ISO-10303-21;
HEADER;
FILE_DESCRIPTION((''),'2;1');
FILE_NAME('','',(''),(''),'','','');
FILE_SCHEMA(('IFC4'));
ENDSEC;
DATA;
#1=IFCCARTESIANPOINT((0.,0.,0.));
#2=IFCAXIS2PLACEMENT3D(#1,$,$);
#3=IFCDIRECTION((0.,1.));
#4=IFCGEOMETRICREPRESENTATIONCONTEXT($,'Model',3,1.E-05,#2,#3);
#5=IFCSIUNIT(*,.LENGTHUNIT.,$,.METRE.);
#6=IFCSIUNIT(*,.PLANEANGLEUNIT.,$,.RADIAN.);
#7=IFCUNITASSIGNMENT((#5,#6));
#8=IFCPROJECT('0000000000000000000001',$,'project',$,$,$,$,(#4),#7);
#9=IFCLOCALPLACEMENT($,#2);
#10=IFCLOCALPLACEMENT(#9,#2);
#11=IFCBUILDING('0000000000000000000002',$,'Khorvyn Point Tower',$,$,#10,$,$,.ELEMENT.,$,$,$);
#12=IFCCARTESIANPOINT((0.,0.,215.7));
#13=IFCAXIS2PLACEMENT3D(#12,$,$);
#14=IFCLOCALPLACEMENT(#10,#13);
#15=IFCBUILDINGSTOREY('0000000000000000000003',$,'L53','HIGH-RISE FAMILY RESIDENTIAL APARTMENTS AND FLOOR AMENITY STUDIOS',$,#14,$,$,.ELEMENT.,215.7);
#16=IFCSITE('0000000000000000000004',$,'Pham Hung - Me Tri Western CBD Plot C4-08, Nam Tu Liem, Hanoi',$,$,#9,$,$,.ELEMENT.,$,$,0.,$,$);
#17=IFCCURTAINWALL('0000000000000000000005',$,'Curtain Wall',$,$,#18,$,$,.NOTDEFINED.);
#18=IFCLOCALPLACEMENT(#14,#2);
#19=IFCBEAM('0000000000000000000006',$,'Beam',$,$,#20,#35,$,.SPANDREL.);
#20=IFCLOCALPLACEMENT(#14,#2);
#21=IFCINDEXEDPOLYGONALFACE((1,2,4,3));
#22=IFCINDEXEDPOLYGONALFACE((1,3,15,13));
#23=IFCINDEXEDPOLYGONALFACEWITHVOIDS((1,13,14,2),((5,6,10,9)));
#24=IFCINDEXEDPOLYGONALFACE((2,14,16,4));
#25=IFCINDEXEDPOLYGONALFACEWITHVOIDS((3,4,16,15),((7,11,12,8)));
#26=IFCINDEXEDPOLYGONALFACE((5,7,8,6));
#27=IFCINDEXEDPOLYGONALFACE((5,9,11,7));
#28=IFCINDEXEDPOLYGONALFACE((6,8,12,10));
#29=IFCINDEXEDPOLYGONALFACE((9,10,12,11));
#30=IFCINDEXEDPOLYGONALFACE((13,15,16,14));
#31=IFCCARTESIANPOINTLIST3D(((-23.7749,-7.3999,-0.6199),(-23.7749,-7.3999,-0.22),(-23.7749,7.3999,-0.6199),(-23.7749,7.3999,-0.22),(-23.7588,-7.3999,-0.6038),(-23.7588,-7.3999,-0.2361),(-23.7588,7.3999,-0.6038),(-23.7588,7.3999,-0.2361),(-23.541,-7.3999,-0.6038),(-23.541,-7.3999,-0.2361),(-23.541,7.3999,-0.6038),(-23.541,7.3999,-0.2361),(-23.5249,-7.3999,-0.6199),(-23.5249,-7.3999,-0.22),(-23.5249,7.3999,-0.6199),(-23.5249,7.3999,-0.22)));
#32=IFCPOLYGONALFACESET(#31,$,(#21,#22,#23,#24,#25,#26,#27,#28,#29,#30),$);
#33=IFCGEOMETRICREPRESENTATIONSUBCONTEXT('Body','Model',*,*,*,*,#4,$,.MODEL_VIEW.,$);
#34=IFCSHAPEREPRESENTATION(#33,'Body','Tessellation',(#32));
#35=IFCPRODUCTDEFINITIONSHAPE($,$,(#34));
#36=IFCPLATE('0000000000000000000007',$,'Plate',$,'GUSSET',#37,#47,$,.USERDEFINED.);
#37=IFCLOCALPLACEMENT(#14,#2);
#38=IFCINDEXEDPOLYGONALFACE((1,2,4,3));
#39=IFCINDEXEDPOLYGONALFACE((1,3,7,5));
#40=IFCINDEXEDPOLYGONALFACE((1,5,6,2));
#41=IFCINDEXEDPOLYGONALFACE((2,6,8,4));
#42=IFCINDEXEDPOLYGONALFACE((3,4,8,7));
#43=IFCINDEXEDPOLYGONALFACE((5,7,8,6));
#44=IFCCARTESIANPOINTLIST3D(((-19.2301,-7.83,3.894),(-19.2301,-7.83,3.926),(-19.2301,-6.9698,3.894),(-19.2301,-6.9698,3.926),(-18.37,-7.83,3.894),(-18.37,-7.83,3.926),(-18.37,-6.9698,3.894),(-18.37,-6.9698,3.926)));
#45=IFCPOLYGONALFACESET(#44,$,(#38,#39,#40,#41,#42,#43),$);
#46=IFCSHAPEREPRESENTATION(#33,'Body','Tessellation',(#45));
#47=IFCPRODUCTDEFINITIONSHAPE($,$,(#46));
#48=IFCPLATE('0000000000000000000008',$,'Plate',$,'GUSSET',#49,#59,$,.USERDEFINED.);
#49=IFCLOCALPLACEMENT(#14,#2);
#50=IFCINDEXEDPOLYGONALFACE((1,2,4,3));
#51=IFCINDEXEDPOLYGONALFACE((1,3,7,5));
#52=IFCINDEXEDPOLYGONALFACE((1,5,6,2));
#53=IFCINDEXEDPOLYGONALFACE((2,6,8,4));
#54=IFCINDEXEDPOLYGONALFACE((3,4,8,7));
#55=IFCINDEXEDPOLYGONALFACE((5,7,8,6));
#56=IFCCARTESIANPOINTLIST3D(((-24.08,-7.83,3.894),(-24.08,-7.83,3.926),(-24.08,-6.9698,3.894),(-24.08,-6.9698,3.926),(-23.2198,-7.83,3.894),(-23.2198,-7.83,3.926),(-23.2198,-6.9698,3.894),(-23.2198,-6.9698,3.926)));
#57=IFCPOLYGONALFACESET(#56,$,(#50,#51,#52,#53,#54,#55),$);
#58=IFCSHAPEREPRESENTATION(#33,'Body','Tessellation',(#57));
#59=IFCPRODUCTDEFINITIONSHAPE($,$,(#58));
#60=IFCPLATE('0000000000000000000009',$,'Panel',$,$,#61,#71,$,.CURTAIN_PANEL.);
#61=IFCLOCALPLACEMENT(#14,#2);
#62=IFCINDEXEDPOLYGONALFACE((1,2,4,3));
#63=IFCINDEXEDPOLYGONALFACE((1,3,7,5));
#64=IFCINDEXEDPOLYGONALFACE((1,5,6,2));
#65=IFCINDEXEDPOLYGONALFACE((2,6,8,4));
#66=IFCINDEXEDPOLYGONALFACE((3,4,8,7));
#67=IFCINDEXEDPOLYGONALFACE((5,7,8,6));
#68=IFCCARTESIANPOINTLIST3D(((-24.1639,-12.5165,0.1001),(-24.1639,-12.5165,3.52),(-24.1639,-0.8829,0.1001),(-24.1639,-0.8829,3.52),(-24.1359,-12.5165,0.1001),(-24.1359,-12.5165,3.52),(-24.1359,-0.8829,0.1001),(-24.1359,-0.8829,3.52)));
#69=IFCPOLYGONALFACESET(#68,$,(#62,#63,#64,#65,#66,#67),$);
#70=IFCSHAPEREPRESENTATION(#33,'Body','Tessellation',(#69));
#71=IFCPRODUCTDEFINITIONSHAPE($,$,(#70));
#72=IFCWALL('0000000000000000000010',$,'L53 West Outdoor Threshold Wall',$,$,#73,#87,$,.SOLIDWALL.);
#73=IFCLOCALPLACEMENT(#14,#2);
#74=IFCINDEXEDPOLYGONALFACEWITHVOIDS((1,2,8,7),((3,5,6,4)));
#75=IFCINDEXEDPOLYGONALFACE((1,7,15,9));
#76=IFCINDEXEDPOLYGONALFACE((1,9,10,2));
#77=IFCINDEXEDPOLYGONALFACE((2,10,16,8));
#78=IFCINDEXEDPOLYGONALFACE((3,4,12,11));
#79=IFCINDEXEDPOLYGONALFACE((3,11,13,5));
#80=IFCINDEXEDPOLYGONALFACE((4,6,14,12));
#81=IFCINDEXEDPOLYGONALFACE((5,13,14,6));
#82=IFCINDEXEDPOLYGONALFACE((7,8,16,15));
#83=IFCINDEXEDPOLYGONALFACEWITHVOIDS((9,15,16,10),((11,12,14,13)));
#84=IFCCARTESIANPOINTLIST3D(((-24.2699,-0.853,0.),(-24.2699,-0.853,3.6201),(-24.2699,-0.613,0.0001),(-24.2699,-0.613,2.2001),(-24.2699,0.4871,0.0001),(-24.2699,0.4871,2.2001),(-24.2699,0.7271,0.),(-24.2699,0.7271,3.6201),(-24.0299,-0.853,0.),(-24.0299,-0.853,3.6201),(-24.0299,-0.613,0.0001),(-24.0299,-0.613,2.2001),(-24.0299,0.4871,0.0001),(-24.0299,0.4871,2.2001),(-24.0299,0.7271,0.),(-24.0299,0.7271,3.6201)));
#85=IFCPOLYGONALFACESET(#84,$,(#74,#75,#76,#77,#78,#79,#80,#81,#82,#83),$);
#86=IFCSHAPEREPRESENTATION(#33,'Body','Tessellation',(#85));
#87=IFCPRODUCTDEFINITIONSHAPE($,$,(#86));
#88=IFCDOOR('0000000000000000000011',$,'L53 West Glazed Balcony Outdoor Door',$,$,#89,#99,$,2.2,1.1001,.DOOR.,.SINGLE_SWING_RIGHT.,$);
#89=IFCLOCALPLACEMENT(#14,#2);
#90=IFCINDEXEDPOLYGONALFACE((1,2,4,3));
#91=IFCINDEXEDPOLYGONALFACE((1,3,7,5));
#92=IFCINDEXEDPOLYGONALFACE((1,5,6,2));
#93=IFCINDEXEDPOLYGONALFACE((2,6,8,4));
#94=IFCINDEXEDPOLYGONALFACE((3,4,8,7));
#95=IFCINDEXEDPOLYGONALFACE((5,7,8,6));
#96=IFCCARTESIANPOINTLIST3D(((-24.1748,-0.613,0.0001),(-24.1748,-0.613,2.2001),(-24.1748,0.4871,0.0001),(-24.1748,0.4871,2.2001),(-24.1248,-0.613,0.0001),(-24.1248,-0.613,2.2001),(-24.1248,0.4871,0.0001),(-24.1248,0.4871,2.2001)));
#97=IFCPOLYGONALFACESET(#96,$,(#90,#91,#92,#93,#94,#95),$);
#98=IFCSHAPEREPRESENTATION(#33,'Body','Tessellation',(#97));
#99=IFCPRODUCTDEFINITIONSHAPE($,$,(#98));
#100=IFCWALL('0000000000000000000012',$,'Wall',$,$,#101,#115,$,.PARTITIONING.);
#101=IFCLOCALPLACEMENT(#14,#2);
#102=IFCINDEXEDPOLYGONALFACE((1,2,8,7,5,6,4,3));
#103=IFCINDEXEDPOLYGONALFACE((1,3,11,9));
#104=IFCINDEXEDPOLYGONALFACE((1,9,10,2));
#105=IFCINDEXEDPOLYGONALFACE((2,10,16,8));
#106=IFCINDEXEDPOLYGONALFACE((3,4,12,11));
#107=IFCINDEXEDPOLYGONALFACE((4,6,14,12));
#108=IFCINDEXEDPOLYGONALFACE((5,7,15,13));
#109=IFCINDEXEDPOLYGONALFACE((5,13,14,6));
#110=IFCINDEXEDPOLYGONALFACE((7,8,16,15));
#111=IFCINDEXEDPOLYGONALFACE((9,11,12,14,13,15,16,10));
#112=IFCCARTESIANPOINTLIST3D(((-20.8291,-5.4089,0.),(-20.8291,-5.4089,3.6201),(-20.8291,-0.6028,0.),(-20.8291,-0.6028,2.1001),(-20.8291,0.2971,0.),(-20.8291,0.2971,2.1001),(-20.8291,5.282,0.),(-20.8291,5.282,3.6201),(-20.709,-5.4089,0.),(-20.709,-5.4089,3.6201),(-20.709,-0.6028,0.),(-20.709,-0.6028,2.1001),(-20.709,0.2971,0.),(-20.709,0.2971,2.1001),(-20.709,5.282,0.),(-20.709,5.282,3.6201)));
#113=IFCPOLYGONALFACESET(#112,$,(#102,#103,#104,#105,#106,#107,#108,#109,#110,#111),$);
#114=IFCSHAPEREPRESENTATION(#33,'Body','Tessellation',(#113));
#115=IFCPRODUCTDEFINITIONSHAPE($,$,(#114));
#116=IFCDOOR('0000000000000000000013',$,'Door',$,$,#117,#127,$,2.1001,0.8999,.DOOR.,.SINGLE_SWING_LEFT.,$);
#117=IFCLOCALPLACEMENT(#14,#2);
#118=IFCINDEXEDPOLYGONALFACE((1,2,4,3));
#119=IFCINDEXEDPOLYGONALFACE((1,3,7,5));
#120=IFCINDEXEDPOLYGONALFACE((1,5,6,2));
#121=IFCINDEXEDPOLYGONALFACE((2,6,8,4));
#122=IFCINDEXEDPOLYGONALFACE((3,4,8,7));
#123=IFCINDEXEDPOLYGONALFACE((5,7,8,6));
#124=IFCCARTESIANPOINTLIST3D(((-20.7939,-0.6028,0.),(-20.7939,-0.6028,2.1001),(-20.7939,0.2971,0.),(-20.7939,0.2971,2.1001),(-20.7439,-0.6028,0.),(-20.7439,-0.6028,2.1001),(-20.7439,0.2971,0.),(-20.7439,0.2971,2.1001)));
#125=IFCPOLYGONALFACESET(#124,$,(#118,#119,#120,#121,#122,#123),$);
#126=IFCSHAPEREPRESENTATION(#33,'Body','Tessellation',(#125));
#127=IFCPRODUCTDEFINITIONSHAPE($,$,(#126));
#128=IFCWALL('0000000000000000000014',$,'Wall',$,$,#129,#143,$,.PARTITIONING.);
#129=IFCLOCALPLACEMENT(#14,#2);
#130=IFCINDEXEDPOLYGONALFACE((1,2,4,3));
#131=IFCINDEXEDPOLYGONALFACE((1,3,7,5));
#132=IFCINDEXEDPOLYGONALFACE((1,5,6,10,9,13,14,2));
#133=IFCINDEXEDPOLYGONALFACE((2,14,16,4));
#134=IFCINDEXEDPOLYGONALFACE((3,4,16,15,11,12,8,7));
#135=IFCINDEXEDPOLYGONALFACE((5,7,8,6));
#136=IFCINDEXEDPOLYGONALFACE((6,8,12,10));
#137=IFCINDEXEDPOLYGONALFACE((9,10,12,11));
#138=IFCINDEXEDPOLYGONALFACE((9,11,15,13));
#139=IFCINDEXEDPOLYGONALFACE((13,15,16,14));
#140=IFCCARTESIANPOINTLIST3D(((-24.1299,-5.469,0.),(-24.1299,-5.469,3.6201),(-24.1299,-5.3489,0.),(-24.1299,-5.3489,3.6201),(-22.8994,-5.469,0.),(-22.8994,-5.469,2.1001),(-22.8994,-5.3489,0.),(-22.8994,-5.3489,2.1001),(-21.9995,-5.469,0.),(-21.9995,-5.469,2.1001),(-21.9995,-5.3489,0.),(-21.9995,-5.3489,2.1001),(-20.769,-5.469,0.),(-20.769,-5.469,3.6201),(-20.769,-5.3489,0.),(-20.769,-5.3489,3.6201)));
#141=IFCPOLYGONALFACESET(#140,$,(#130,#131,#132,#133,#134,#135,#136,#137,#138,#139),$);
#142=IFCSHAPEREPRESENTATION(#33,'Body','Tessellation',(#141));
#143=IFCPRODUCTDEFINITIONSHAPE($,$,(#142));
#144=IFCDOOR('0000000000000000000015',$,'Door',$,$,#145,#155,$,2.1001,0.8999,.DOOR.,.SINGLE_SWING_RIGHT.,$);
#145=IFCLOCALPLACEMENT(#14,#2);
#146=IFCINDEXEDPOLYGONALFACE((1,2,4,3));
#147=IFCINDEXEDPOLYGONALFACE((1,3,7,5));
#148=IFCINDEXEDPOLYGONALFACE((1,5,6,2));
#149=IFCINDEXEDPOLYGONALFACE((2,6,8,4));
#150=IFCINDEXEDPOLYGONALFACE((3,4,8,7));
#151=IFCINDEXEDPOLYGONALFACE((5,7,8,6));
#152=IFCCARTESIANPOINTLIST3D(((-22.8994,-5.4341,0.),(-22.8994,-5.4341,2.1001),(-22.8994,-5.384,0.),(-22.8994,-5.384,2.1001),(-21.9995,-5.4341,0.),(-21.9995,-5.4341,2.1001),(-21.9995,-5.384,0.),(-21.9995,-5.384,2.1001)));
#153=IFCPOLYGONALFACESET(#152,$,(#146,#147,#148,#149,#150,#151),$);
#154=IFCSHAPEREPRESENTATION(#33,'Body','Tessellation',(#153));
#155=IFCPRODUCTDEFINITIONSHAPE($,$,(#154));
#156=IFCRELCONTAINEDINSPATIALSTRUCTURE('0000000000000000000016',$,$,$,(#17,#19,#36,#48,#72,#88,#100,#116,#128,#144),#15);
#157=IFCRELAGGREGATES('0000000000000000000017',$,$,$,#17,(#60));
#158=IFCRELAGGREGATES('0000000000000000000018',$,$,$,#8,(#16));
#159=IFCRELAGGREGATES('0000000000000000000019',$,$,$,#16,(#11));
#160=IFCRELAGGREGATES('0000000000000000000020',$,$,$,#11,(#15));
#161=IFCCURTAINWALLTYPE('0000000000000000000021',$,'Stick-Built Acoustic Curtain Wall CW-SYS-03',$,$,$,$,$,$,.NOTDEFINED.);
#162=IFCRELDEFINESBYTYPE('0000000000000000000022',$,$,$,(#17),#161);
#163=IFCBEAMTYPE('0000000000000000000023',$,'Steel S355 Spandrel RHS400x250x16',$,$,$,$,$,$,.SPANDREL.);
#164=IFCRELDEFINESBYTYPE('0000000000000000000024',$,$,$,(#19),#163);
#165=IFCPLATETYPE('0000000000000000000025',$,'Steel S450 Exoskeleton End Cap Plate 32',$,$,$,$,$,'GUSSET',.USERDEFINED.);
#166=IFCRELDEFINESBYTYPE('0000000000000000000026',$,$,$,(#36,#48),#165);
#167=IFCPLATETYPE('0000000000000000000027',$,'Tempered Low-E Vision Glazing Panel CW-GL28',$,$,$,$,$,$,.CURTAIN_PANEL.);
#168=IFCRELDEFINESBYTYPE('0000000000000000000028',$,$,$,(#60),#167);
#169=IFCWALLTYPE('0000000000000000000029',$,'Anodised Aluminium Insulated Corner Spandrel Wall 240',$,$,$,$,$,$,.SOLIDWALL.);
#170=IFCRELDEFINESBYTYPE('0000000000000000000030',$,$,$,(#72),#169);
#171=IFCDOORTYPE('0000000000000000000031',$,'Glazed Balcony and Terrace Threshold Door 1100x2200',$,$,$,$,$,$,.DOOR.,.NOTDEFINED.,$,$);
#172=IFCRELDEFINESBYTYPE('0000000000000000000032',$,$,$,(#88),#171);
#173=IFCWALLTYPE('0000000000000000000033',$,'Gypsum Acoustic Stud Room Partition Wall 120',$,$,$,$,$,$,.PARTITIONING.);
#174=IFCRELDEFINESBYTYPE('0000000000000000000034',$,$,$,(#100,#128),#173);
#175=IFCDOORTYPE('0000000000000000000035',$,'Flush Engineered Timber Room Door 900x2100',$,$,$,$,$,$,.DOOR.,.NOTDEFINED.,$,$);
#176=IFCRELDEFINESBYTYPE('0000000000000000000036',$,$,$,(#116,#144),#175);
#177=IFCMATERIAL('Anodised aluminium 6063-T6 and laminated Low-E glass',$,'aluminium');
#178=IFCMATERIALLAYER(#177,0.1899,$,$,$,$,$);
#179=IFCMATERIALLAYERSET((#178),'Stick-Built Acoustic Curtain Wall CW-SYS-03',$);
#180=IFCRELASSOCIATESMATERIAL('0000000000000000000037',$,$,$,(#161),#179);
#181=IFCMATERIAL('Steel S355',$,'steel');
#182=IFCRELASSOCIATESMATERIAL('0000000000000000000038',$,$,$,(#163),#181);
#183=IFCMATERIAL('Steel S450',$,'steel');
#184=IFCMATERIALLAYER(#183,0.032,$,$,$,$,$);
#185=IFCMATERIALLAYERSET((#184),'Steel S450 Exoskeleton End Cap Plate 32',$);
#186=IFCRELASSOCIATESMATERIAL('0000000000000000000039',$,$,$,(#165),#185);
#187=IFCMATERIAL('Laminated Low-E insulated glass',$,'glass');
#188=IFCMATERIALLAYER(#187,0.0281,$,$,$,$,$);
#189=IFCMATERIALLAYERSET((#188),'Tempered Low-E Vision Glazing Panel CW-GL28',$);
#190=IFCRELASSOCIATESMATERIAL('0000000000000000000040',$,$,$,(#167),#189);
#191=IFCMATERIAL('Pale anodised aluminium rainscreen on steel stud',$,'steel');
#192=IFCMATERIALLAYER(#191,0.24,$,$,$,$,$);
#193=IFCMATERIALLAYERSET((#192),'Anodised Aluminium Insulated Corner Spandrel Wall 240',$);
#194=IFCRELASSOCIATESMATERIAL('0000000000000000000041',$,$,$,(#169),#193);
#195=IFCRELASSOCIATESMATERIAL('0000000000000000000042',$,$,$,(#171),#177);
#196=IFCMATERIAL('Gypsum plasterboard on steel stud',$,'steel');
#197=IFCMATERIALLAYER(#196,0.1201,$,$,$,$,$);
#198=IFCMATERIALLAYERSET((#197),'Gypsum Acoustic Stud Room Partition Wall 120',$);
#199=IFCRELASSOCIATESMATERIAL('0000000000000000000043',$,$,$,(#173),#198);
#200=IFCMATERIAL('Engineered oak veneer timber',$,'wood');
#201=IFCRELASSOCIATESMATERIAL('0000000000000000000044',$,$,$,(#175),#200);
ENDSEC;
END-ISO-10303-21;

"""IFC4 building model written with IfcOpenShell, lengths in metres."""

from ifc_helpers import new_model, si_unit, direction, frame, frame_2d, origin, origin_2d, place, context, subcontext, project, spatial, rectangle, hollow_rectangle, extrude, material, layer, layer_set, material_profile, profile_set, type_object, element, fill, aggregate, save


model = new_model("IFC4")

# Units and contexts
model_context = context("Model", 3, precision=1e-05, world=origin(), true_north=direction((0.0, 1.0)))
body_context = subcontext(model_context, "Body", "Model", "MODEL_VIEW")
ifc_project = project(units=[si_unit("LENGTHUNIT", "METRE"), si_unit("PLANEANGLEUNIT", "RADIAN")], contexts=[model_context])

# Site, building, storey
site_placement = place(None, origin())
site = spatial("IfcSite", under=ifc_project, at=site_placement, Name="Pham Hung - Me Tri Western CBD Plot C4-08, Nam Tu Liem, Hanoi", CompositionType="ELEMENT", RefElevation=0.0)
building_placement = place(site_placement, origin())
building = spatial("IfcBuilding", under=site, at=building_placement, Name="Khorvyn Point Tower", CompositionType="ELEMENT")
storey_placement = place(building_placement, frame((0.0, 0.0, 215.7)))
storey = spatial("IfcBuildingStorey", under=building, at=storey_placement, Name="L53", Description="HIGH-RISE FAMILY RESIDENTIAL APARTMENTS AND FLOOR AMENITY STUDIOS", CompositionType="ELEMENT", Elevation=215.7)

# Shared definitions
ifc_material_1 = material(Name="Steel S450", Category="steel")

# Curtain wall
ifc_material_2 = material(Name="Anodised aluminium 6063-T6 and laminated Low-E glass", Category="aluminium")
ifc_layer_1 = layer(ifc_material_2, 0.1899)
ifc_layer_set_1 = layer_set([ifc_layer_1], Name="Stick-Built Acoustic Curtain Wall CW-SYS-03")
curtain_wall_type = type_object("IfcCurtainWallType", Name="Stick-Built Acoustic Curtain Wall CW-SYS-03", PredefinedType="NOTDEFINED", material=ifc_layer_set_1)
curtain_wall_1_placement = place(storey_placement, origin())
curtain_wall_1 = element("IfcCurtainWall", 1, at=curtain_wall_1_placement, inside=storey, type_object=curtain_wall_type, Name="Curtain Wall", PredefinedType="NOTDEFINED")

# Beam
ifc_material_3 = material(Name="Steel S355", Category="steel")
ifc_material_profile_1 = material_profile(ifc_material_3, hollow_rectangle(XDim=0.25, YDim=0.3999, WallThickness=0.0161, at=origin_2d()))
ifc_profile_set_1 = profile_set([ifc_material_profile_1], Name="Steel S355 RHS400x250x16")
beam_type_1 = type_object("IfcBeamType", Name="Steel S355 Spandrel RHS400x250x16", PredefinedType="SPANDREL", material=ifc_profile_set_1)
beam_placement = place(storey_placement, frame((-23.6499, -7.3999, -0.4199), z_axis=(0.0, 1.0, 0.0), x_axis=(-1.0, 0.0, 0.0)))
element("IfcBeam", 2, at=beam_placement, inside=storey, type_object=beam_type_1, Name="Beam", PredefinedType="SPANDREL", context=body_context, shape_type="SweptSolid", body=[
    extrude(hollow_rectangle(XDim=0.25, YDim=0.3999, WallThickness=0.0161, at=origin_2d()), origin(), (0.0, 0.0, 1.0), 14.7998),
])

# Plates
ifc_layer_2 = layer(ifc_material_1, 0.032)
ifc_layer_set_2 = layer_set([ifc_layer_2], Name="Steel S450 Exoskeleton End Cap Plate 32")
plate_type_1 = type_object("IfcPlateType", Name="Steel S450 Exoskeleton End Cap Plate 32", ElementType="GUSSET", PredefinedType="USERDEFINED", material=ifc_layer_set_2)
for number, where, z_axis, x_axis, name in (
    (3, (-18.8, -7.3999, 3.894), (0.0, 0.0, 1.0), (1.0, 0.0, 0.0), "Plate"),
    (4, (-23.6499, -7.3999, 3.894), (0.0, 0.0, 1.0), (1.0, 0.0, 0.0), "Plate"),
):
    element("IfcPlate", number, at=place(storey_placement, frame(where, z_axis=z_axis, x_axis=x_axis)), inside=storey, type_object=plate_type_1, Name=name, ObjectType="GUSSET", PredefinedType="USERDEFINED", context=body_context, shape_type="SweptSolid", body=[
        extrude(rectangle(XDim=0.8601, YDim=0.8601, at=origin_2d()), origin(), (0.0, 0.0, 1.0), 0.032),
    ])

# Plate
ifc_material_4 = material(Name="Laminated Low-E insulated glass", Category="glass")
ifc_layer_3 = layer(ifc_material_4, 0.0281)
ifc_layer_set_3 = layer_set([ifc_layer_3], Name="Tempered Low-E Vision Glazing Panel CW-GL28")
plate_type_2 = type_object("IfcPlateType", Name="Tempered Low-E Vision Glazing Panel CW-GL28", PredefinedType="CURTAIN_PANEL", material=ifc_layer_set_3)
plate_placement = place(storey_placement, frame((-24.1499, -6.6997, 0.1001), z_axis=(0.0, 0.0, 1.0), x_axis=(0.0, 1.0, 0.0)))
plate = element("IfcPlate", 5, at=plate_placement, type_object=plate_type_2, Name="Panel", PredefinedType="CURTAIN_PANEL", context=body_context, shape_type="SweptSolid", body=[
    extrude(rectangle(XDim=11.6335, YDim=0.0281, at=origin_2d()), origin(), (0.0, 0.0, 1.0), 3.4199),
])
aggregate(curtain_wall_1, [plate])

# Walls, openings, doors
ifc_material_5 = material(Name="Pale anodised aluminium rainscreen on steel stud", Category="steel")
ifc_layer_4 = layer(ifc_material_5, 0.24)
ifc_layer_set_4 = layer_set([ifc_layer_4], Name="Anodised Aluminium Insulated Corner Spandrel Wall 240")
wall_type_1 = type_object("IfcWallType", Name="Anodised Aluminium Insulated Corner Spandrel Wall 240", PredefinedType="SOLIDWALL", material=ifc_layer_set_4)
wall_1_placement = place(storey_placement, frame((-24.1499, -0.853, 0.0), z_axis=(0.0, 0.0, 1.0), x_axis=(0.0, 1.0, 0.0)))
wall_1 = element("IfcWall", 6, at=wall_1_placement, inside=storey, type_object=wall_type_1, Name="L53 West Outdoor Threshold Wall", PredefinedType="SOLIDWALL", context=body_context, shape_type="SweptSolid", body=[
    extrude(rectangle(XDim=1.5801, YDim=0.24, at=frame_2d((0.79, 0.0))), origin(), (0.0, 0.0, 1.0), 3.6201),
])
opening_1_placement = place(wall_1_placement, frame((0.24, 0.0, 0.0)))
opening_1 = element("IfcOpeningElement", 7, at=opening_1_placement, cuts=wall_1, PredefinedType="OPENING", context=body_context, shape_type="SweptSolid", body=[
    extrude(rectangle(XDim=1.1001, YDim=2.2, at=frame_2d((0.55, 1.1001))), frame((0.0, 0.1299, 0.0), z_axis=(0.0, -1.0, 0.0), x_axis=(1.0, 0.0, 0.0)), (0.0, 0.0, 1.0), 0.26),
])
door_type_1 = type_object("IfcDoorType", Name="Glazed Balcony and Terrace Threshold Door 1100x2200", OperationType="NOTDEFINED", PredefinedType="DOOR", material=ifc_material_2)
door_1_placement = place(opening_1_placement, origin())
door_1 = element("IfcDoor", 8, at=door_1_placement, inside=storey, type_object=door_type_1, Name="L53 West Glazed Balcony Outdoor Door", OperationType="SINGLE_SWING_RIGHT", OverallHeight=2.2, OverallWidth=1.1001, PredefinedType="DOOR", context=body_context, shape_type="SweptSolid", body=[
    extrude(rectangle(XDim=1.1001, YDim=2.2, at=frame_2d((0.55, 1.1001))), frame((0.0, 0.0249, 0.0), z_axis=(0.0, -1.0, 0.0), x_axis=(1.0, 0.0, 0.0)), (0.0, 0.0, 1.0), 0.05),
])
fill(opening_1, door_1)
ifc_material_6 = material(Name="Gypsum plasterboard on steel stud", Category="steel")
ifc_layer_5 = layer(ifc_material_6, 0.1201)
ifc_layer_set_5 = layer_set([ifc_layer_5], Name="Gypsum Acoustic Stud Room Partition Wall 120")
wall_type_2 = type_object("IfcWallType", Name="Gypsum Acoustic Stud Room Partition Wall 120", PredefinedType="PARTITIONING", material=ifc_layer_set_5)
wall_2_placement = place(storey_placement, frame((-20.769, -5.4089, 0.0), z_axis=(0.0, 0.0, 1.0), x_axis=(0.0, 1.0, 0.0)))
wall_2 = element("IfcWall", 9, at=wall_2_placement, inside=storey, type_object=wall_type_2, Name="Wall", PredefinedType="PARTITIONING", context=body_context, shape_type="SweptSolid", body=[
    extrude(rectangle(XDim=10.6909, YDim=0.1201, at=frame_2d((5.3455, 0.0))), origin(), (0.0, 0.0, 1.0), 3.6201),
])
opening_2_placement = place(wall_2_placement, frame((4.8062, 0.0, 0.0)))
opening_2 = element("IfcOpeningElement", 10, at=opening_2_placement, cuts=wall_2, PredefinedType="OPENING", context=body_context, shape_type="SweptSolid", body=[
    extrude(rectangle(XDim=0.8999, YDim=2.1001, at=frame_2d((0.45, 1.05))), frame((0.0, 0.0701, 0.0), z_axis=(0.0, -1.0, 0.0), x_axis=(1.0, 0.0, 0.0)), (0.0, 0.0, 1.0), 0.1401),
])
ifc_material_7 = material(Name="Engineered oak veneer timber", Category="wood")
door_type_2 = type_object("IfcDoorType", Name="Flush Engineered Timber Room Door 900x2100", OperationType="NOTDEFINED", PredefinedType="DOOR", material=ifc_material_7)
door_2_placement = place(opening_2_placement, origin())
door_2 = element("IfcDoor", 11, at=door_2_placement, inside=storey, type_object=door_type_2, Name="Door", OperationType="SINGLE_SWING_LEFT", OverallHeight=2.1001, OverallWidth=0.8999, PredefinedType="DOOR", context=body_context, shape_type="SweptSolid", body=[
    extrude(rectangle(XDim=0.8999, YDim=2.1001, at=frame_2d((0.45, 1.05))), frame((0.0, 0.0249, 0.0), z_axis=(0.0, -1.0, 0.0), x_axis=(1.0, 0.0, 0.0)), (0.0, 0.0, 1.0), 0.05),
])
fill(opening_2, door_2)
wall_3_placement = place(storey_placement, frame((-24.1299, -5.4089, 0.0), z_axis=(0.0, 0.0, 1.0), x_axis=(1.0, 0.0, 0.0)))
wall_3 = element("IfcWall", 12, at=wall_3_placement, inside=storey, type_object=wall_type_2, Name="Wall", PredefinedType="PARTITIONING", context=body_context, shape_type="SweptSolid", body=[
    extrude(rectangle(XDim=3.3608, YDim=0.1201, at=frame_2d((1.6804, 0.0))), origin(), (0.0, 0.0, 1.0), 3.6201),
])
opening_3_placement = place(wall_3_placement, frame((1.2305, 0.0, 0.0)))
opening_3 = element("IfcOpeningElement", 13, at=opening_3_placement, cuts=wall_3, PredefinedType="OPENING", context=body_context, shape_type="SweptSolid", body=[
    extrude(rectangle(XDim=0.8999, YDim=2.1001, at=frame_2d((0.45, 1.05))), frame((0.0, 0.0701, 0.0), z_axis=(0.0, -1.0, 0.0), x_axis=(1.0, 0.0, 0.0)), (0.0, 0.0, 1.0), 0.1401),
])
door_3_placement = place(opening_3_placement, origin())
door_3 = element("IfcDoor", 14, at=door_3_placement, inside=storey, type_object=door_type_2, Name="Door", OperationType="SINGLE_SWING_RIGHT", OverallHeight=2.1001, OverallWidth=0.8999, PredefinedType="DOOR", context=body_context, shape_type="SweptSolid", body=[
    extrude(rectangle(XDim=0.8999, YDim=2.1001, at=frame_2d((0.45, 1.05))), frame((0.0, 0.0249, 0.0), z_axis=(0.0, -1.0, 0.0), x_axis=(1.0, 0.0, 0.0)), (0.0, 0.0, 1.0), 0.05),
])
fill(opening_3, door_3)

save(model, "model.ifc")
